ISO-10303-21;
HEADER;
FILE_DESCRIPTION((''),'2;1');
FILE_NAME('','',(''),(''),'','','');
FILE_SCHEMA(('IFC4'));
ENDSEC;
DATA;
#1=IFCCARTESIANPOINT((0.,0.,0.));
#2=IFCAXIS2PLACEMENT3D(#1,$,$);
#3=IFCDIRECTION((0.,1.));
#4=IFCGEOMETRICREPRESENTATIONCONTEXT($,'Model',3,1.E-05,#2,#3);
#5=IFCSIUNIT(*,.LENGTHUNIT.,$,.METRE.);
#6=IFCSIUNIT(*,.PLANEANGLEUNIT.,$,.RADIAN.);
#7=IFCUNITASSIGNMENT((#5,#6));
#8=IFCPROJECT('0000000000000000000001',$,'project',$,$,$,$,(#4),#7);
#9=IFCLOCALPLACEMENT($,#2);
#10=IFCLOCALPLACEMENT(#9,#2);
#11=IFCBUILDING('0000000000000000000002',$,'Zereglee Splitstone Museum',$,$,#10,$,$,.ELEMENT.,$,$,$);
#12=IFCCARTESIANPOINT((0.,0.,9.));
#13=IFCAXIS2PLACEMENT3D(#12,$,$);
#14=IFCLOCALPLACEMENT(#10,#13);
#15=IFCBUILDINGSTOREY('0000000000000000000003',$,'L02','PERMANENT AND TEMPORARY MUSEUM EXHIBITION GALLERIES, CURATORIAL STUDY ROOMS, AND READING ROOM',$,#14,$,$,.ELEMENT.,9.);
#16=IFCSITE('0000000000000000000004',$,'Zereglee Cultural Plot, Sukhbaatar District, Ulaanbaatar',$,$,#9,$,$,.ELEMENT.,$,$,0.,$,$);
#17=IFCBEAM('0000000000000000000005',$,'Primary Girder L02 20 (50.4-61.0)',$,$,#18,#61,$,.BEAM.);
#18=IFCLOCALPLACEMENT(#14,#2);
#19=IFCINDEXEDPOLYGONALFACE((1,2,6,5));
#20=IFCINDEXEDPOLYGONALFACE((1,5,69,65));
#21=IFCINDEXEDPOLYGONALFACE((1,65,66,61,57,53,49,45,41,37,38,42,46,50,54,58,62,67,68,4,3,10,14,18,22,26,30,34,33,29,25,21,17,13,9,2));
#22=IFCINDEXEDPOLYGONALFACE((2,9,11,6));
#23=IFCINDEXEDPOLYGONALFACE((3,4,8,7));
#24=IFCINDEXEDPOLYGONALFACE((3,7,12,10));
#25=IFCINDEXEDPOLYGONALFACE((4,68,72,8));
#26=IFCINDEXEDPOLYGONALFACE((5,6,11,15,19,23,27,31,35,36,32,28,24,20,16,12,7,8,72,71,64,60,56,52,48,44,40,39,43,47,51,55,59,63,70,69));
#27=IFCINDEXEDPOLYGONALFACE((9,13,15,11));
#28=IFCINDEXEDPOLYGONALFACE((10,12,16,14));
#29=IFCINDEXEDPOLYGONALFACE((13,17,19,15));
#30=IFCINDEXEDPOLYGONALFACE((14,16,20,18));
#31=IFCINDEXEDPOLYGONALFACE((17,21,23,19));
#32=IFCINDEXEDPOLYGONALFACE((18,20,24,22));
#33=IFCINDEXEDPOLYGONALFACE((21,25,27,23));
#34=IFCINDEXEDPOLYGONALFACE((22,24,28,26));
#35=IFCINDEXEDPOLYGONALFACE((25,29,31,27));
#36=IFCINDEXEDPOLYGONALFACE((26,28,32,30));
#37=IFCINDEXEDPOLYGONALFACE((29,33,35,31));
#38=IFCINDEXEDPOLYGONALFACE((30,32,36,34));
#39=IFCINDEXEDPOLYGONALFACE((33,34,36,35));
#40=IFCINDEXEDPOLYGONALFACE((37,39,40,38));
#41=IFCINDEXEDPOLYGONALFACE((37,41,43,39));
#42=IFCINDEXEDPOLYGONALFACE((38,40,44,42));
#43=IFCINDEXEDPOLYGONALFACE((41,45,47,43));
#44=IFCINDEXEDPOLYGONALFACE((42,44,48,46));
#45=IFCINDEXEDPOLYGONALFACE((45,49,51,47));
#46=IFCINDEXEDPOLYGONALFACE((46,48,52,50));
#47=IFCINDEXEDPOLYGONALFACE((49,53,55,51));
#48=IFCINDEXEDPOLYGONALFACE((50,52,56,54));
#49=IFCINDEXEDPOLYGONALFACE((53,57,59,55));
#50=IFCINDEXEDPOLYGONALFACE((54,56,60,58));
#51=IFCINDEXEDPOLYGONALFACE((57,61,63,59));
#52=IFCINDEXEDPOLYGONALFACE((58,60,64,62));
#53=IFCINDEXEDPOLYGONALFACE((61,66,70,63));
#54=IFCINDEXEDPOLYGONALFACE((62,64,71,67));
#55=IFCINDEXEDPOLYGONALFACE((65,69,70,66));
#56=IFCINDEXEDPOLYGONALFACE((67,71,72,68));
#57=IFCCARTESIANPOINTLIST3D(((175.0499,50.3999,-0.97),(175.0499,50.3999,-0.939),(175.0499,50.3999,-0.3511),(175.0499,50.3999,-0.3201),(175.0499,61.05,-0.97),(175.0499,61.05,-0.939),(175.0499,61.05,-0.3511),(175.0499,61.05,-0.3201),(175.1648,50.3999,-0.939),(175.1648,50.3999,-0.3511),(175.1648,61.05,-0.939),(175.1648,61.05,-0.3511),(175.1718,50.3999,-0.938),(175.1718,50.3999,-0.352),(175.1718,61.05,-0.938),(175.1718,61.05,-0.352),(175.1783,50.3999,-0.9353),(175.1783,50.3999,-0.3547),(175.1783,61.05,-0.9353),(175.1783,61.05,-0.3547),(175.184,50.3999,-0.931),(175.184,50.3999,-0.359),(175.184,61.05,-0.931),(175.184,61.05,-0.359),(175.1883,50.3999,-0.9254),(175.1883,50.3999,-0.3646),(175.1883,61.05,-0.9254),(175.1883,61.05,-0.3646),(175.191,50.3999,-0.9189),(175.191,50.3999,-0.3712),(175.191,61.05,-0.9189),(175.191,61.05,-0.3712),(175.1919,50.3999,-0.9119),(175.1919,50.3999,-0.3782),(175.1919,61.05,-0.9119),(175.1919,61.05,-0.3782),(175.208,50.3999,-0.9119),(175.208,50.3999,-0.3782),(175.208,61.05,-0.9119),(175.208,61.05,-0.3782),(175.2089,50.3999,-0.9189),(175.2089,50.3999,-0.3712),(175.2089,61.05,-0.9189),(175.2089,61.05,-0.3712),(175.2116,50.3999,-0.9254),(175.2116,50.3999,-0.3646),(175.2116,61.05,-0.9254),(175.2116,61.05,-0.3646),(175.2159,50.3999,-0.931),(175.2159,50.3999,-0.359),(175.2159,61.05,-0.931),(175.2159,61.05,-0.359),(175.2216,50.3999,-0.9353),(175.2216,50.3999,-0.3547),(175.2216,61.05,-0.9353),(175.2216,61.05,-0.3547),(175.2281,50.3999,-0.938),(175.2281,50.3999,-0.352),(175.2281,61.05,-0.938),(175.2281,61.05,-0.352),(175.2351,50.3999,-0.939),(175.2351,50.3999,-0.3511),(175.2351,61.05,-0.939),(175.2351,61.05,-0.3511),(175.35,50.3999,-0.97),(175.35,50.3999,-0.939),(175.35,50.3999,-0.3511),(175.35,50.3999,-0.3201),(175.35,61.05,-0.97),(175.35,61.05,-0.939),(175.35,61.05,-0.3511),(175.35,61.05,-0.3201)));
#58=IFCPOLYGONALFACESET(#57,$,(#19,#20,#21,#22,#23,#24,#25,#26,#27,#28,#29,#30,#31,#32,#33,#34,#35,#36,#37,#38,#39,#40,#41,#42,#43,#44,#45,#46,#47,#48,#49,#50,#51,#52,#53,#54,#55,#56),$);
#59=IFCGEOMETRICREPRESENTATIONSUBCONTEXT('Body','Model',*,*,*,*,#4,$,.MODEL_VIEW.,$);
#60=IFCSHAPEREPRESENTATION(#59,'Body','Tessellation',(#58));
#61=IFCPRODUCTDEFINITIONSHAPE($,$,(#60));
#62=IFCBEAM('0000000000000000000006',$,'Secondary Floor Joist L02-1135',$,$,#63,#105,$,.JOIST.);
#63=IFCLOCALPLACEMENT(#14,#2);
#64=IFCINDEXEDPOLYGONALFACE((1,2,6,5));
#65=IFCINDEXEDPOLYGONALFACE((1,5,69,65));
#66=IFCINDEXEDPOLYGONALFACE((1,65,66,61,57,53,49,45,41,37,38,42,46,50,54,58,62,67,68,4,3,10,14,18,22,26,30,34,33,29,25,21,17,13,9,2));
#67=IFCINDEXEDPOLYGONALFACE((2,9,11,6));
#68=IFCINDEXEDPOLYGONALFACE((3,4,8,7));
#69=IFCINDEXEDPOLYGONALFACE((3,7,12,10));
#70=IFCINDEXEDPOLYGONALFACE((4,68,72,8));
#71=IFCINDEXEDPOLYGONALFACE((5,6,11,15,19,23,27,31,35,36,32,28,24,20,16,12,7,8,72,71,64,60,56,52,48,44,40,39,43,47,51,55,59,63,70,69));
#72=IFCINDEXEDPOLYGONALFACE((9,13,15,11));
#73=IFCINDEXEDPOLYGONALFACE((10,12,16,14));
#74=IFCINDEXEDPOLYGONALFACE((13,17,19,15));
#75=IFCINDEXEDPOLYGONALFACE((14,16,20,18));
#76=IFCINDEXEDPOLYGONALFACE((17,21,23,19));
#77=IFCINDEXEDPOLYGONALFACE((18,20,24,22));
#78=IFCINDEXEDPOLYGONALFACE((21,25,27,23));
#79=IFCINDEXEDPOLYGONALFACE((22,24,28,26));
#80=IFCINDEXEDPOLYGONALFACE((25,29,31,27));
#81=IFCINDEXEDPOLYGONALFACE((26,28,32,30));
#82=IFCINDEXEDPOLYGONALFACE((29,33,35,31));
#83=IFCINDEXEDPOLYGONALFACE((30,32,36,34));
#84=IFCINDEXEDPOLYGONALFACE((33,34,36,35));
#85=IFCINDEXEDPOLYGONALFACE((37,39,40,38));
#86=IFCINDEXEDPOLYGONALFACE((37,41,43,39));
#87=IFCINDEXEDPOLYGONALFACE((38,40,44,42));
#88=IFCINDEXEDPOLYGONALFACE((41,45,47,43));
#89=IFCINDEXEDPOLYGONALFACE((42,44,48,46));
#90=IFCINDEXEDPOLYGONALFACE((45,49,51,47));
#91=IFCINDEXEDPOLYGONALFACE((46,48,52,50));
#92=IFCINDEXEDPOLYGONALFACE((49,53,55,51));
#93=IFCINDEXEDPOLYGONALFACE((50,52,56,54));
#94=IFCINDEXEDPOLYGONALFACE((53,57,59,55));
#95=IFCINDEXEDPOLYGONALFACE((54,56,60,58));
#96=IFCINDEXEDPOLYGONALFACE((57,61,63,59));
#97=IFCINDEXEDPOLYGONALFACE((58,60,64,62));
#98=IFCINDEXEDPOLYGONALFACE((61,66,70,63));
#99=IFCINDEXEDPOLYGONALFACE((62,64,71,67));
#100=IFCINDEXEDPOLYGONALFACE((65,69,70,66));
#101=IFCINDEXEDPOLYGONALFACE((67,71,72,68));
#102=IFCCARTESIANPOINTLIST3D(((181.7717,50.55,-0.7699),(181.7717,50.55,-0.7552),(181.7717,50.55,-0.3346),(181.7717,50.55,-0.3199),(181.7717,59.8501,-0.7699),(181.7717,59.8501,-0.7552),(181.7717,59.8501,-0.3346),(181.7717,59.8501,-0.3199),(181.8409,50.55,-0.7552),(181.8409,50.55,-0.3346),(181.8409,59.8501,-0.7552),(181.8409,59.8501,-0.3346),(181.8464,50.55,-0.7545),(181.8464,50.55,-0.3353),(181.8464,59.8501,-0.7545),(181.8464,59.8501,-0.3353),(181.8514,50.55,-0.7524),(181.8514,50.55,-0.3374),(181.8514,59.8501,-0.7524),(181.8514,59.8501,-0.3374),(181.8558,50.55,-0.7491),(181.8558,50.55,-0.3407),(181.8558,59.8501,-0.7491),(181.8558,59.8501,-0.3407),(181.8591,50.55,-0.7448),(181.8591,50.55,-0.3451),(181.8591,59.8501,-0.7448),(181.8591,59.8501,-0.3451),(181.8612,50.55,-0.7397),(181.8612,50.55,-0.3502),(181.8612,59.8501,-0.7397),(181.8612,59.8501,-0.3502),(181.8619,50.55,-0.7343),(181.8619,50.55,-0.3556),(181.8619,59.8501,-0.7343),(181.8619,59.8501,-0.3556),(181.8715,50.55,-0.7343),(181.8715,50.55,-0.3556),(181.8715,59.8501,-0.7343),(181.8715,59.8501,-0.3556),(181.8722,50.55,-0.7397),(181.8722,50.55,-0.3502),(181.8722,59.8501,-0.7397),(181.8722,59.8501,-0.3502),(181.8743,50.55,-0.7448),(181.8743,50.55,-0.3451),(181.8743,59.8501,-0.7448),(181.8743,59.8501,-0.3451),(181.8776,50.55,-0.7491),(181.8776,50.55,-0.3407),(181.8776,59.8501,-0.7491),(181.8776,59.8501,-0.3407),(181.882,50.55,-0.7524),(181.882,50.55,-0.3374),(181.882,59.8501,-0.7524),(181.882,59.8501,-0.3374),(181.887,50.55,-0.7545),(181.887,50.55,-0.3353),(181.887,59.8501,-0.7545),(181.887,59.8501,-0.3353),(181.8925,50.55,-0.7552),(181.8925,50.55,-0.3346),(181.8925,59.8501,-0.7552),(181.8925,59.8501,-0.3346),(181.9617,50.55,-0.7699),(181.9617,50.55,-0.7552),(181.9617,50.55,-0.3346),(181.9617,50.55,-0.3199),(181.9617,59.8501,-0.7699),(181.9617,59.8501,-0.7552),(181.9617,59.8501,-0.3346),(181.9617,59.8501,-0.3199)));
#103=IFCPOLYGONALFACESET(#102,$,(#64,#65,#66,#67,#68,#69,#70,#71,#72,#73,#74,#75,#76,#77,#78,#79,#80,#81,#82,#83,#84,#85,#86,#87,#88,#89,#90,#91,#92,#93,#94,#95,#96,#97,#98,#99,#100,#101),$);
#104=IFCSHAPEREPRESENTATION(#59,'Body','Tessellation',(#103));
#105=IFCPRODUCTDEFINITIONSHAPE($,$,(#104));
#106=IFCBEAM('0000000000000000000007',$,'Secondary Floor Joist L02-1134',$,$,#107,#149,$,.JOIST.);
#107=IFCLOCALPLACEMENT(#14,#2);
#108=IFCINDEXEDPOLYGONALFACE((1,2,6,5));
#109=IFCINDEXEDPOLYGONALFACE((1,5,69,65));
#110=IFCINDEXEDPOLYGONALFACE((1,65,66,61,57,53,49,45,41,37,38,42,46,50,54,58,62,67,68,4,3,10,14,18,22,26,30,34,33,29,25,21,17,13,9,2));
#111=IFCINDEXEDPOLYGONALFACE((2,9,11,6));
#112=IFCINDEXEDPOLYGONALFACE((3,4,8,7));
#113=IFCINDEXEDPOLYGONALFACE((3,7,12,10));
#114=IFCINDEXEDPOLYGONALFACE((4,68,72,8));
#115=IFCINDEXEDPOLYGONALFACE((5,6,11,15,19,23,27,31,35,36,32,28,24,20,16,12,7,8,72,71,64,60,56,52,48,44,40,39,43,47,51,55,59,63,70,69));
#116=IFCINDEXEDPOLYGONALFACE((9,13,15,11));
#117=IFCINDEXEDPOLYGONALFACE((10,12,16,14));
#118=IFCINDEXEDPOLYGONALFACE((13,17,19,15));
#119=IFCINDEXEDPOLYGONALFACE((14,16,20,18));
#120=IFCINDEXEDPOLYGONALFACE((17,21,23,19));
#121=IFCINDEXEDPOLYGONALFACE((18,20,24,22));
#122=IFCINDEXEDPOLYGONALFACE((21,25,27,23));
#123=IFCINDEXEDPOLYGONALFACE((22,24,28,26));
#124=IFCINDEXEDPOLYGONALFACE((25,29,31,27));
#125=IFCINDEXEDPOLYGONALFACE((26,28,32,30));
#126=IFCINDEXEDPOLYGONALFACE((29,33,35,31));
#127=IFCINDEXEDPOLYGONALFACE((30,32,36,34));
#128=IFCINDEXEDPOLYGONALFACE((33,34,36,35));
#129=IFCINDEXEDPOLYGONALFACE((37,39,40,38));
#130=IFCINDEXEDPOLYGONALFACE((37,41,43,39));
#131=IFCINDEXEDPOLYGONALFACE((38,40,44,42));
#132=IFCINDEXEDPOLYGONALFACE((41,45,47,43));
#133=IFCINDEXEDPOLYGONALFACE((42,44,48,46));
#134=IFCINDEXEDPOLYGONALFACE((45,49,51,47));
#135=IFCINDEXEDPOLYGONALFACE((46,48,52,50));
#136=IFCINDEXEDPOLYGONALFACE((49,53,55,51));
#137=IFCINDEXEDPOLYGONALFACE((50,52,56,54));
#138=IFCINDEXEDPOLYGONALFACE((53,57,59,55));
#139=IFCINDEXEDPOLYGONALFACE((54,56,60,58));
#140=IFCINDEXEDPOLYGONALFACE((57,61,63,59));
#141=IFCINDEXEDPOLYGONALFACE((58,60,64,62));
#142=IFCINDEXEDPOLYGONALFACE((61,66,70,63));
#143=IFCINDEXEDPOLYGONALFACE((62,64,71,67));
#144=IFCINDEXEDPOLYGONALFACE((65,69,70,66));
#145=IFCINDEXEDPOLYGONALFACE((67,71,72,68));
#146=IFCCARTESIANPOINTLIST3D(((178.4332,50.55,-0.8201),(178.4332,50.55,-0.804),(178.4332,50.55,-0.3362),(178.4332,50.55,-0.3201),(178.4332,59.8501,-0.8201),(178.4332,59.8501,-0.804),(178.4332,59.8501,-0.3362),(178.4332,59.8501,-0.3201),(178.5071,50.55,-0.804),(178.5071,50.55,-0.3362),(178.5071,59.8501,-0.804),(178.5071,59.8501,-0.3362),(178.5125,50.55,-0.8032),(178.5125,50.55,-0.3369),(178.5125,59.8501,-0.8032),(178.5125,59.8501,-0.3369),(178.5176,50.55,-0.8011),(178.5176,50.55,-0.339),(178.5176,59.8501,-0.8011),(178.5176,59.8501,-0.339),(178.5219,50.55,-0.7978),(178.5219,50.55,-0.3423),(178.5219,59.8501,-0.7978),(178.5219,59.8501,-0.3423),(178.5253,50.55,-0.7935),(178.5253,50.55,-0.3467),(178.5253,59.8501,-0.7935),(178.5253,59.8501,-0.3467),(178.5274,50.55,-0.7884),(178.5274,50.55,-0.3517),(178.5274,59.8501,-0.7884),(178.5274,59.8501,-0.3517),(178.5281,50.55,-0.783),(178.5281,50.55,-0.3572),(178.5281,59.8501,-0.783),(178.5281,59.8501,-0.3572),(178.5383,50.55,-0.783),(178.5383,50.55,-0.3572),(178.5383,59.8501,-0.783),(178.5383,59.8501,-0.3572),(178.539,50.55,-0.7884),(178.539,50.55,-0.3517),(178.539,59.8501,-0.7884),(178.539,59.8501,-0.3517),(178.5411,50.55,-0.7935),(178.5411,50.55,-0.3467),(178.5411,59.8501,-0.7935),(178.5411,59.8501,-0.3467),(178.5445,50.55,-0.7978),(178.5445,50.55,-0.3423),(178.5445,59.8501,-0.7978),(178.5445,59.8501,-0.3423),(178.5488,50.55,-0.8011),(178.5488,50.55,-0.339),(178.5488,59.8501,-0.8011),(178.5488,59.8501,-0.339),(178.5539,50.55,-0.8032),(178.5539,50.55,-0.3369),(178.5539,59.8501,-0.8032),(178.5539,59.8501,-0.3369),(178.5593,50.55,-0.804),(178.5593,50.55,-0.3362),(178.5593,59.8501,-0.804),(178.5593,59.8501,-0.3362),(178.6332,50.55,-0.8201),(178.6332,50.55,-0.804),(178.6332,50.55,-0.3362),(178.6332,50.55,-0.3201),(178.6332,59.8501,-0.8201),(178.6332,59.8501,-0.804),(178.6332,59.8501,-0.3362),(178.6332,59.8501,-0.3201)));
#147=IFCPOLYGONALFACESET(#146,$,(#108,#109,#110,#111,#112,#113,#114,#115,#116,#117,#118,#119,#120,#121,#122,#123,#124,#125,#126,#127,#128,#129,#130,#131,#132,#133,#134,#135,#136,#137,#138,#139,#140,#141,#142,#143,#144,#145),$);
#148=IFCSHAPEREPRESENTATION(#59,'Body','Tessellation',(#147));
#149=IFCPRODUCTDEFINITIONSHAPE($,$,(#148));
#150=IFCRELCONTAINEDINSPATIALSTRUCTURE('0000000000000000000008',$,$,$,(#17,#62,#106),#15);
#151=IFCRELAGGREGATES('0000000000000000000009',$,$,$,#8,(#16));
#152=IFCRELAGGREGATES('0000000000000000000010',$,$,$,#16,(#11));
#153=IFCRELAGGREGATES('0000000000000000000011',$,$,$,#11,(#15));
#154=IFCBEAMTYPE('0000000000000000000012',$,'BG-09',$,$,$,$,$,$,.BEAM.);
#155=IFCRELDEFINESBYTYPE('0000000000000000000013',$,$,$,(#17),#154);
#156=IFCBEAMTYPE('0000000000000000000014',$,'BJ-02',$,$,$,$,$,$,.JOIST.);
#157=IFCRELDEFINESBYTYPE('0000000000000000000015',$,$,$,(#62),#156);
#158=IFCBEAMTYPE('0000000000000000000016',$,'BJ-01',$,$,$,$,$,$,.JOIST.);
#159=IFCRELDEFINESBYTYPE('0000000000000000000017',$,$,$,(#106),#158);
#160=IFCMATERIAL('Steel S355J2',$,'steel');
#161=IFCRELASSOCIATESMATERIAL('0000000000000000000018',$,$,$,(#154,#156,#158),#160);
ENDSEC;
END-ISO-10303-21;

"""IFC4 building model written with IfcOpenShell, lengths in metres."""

from ifc_helpers import new_model, si_unit, direction, frame, origin, origin_2d, place, context, subcontext, project, spatial, i_section, extrude, material, material_profile, profile_set, type_object, element, save


model = new_model("IFC4")

# Units and contexts
model_context = context("Model", 3, precision=1e-05, world=origin(), true_north=direction((0.0, 1.0)))
body_context = subcontext(model_context, "Body", "Model", "MODEL_VIEW")
ifc_project = project(units=[si_unit("LENGTHUNIT", "METRE"), si_unit("PLANEANGLEUNIT", "RADIAN")], contexts=[model_context])

# Site, building, storey
site_placement = place(None, origin())
site = spatial("IfcSite", under=ifc_project, at=site_placement, Name="Zereglee Cultural Plot, Sukhbaatar District, Ulaanbaatar", CompositionType="ELEMENT", RefElevation=0.0)
building_placement = place(site_placement, origin())
building = spatial("IfcBuilding", under=site, at=building_placement, Name="Zereglee Splitstone Museum", CompositionType="ELEMENT")
storey_placement = place(building_placement, frame((0.0, 0.0, 9.0)))
storey = spatial("IfcBuildingStorey", under=building, at=storey_placement, Name="L02", Description="PERMANENT AND TEMPORARY MUSEUM EXHIBITION GALLERIES, CURATORIAL STUDY ROOMS, AND READING ROOM", CompositionType="ELEMENT", Elevation=9.0)

# Shared definitions
ifc_material_1 = material(Name="Steel S355J2", Category="steel")

# Beams
ifc_material_profile_1 = material_profile(ifc_material_1, i_section(OverallWidth=0.3, OverallDepth=0.6499, WebThickness=0.0161, FlangeThickness=0.031, FilletRadius=0.0271, at=origin_2d()), Name="HE 650 B")
ifc_profile_set_1 = profile_set([ifc_material_profile_1], Name="Steel S355J2")
beam_type_1 = type_object("IfcBeamType", Name="BG-09", PredefinedType="BEAM", material=ifc_profile_set_1)
beam_1_placement = place(storey_placement, frame((175.2, 50.3999, -0.645), z_axis=(0.0, 1.0, 0.0), x_axis=(-1.0, 0.0, 0.0)))
element("IfcBeam", 1, at=beam_1_placement, inside=storey, type_object=beam_type_1, Name="Primary Girder L02 20 (50.4-61.0)", PredefinedType="BEAM", context=body_context, shape_type="SweptSolid", body=[
    extrude(i_section(OverallWidth=0.3, OverallDepth=0.6499, WebThickness=0.0161, FlangeThickness=0.031, FilletRadius=0.0271, at=origin_2d()), origin(), (0.0, 0.0, 1.0), 10.6501),
])
ifc_material_profile_2 = material_profile(ifc_material_1, i_section(OverallWidth=0.1899, OverallDepth=0.45, WebThickness=0.0095, FlangeThickness=0.0146, FilletRadius=0.021, at=origin_2d()), Name="IPE 450")
ifc_profile_set_2 = profile_set([ifc_material_profile_2], Name="Steel S355J2")
beam_type_2 = type_object("IfcBeamType", Name="BJ-02", PredefinedType="JOIST", material=ifc_profile_set_2)
beam_2_placement = place(storey_placement, frame((181.8667, 50.55, -0.5449), z_axis=(0.0, 1.0, 0.0), x_axis=(-1.0, 0.0, 0.0)))
element("IfcBeam", 2, at=beam_2_placement, inside=storey, type_object=beam_type_2, Name="Secondary Floor Joist L02-1135", PredefinedType="JOIST", context=body_context, shape_type="SweptSolid", body=[
    extrude(i_section(OverallWidth=0.1899, OverallDepth=0.45, WebThickness=0.0095, FlangeThickness=0.0146, FilletRadius=0.021, at=origin_2d()), origin(), (0.0, 0.0, 1.0), 9.3),
])
ifc_material_profile_3 = material_profile(ifc_material_1, i_section(OverallWidth=0.2, OverallDepth=0.5, WebThickness=0.0103, FlangeThickness=0.0161, FilletRadius=0.021, at=origin_2d()), Name="IPE 500")
ifc_profile_set_3 = profile_set([ifc_material_profile_3], Name="Steel S355J2")
beam_type_3 = type_object("IfcBeamType", Name="BJ-01", PredefinedType="JOIST", material=ifc_profile_set_3)
beam_3_placement = place(storey_placement, frame((178.5332, 50.55, -0.5701), z_axis=(0.0, 1.0, 0.0), x_axis=(-1.0, 0.0, 0.0)))
element("IfcBeam", 3, at=beam_3_placement, inside=storey, type_object=beam_type_3, Name="Secondary Floor Joist L02-1134", PredefinedType="JOIST", context=body_context, shape_type="SweptSolid", body=[
    extrude(i_section(OverallWidth=0.2, OverallDepth=0.5, WebThickness=0.0103, FlangeThickness=0.0161, FilletRadius=0.021, at=origin_2d()), origin(), (0.0, 0.0, 1.0), 9.3),
])

save(model, "model.ifc")
